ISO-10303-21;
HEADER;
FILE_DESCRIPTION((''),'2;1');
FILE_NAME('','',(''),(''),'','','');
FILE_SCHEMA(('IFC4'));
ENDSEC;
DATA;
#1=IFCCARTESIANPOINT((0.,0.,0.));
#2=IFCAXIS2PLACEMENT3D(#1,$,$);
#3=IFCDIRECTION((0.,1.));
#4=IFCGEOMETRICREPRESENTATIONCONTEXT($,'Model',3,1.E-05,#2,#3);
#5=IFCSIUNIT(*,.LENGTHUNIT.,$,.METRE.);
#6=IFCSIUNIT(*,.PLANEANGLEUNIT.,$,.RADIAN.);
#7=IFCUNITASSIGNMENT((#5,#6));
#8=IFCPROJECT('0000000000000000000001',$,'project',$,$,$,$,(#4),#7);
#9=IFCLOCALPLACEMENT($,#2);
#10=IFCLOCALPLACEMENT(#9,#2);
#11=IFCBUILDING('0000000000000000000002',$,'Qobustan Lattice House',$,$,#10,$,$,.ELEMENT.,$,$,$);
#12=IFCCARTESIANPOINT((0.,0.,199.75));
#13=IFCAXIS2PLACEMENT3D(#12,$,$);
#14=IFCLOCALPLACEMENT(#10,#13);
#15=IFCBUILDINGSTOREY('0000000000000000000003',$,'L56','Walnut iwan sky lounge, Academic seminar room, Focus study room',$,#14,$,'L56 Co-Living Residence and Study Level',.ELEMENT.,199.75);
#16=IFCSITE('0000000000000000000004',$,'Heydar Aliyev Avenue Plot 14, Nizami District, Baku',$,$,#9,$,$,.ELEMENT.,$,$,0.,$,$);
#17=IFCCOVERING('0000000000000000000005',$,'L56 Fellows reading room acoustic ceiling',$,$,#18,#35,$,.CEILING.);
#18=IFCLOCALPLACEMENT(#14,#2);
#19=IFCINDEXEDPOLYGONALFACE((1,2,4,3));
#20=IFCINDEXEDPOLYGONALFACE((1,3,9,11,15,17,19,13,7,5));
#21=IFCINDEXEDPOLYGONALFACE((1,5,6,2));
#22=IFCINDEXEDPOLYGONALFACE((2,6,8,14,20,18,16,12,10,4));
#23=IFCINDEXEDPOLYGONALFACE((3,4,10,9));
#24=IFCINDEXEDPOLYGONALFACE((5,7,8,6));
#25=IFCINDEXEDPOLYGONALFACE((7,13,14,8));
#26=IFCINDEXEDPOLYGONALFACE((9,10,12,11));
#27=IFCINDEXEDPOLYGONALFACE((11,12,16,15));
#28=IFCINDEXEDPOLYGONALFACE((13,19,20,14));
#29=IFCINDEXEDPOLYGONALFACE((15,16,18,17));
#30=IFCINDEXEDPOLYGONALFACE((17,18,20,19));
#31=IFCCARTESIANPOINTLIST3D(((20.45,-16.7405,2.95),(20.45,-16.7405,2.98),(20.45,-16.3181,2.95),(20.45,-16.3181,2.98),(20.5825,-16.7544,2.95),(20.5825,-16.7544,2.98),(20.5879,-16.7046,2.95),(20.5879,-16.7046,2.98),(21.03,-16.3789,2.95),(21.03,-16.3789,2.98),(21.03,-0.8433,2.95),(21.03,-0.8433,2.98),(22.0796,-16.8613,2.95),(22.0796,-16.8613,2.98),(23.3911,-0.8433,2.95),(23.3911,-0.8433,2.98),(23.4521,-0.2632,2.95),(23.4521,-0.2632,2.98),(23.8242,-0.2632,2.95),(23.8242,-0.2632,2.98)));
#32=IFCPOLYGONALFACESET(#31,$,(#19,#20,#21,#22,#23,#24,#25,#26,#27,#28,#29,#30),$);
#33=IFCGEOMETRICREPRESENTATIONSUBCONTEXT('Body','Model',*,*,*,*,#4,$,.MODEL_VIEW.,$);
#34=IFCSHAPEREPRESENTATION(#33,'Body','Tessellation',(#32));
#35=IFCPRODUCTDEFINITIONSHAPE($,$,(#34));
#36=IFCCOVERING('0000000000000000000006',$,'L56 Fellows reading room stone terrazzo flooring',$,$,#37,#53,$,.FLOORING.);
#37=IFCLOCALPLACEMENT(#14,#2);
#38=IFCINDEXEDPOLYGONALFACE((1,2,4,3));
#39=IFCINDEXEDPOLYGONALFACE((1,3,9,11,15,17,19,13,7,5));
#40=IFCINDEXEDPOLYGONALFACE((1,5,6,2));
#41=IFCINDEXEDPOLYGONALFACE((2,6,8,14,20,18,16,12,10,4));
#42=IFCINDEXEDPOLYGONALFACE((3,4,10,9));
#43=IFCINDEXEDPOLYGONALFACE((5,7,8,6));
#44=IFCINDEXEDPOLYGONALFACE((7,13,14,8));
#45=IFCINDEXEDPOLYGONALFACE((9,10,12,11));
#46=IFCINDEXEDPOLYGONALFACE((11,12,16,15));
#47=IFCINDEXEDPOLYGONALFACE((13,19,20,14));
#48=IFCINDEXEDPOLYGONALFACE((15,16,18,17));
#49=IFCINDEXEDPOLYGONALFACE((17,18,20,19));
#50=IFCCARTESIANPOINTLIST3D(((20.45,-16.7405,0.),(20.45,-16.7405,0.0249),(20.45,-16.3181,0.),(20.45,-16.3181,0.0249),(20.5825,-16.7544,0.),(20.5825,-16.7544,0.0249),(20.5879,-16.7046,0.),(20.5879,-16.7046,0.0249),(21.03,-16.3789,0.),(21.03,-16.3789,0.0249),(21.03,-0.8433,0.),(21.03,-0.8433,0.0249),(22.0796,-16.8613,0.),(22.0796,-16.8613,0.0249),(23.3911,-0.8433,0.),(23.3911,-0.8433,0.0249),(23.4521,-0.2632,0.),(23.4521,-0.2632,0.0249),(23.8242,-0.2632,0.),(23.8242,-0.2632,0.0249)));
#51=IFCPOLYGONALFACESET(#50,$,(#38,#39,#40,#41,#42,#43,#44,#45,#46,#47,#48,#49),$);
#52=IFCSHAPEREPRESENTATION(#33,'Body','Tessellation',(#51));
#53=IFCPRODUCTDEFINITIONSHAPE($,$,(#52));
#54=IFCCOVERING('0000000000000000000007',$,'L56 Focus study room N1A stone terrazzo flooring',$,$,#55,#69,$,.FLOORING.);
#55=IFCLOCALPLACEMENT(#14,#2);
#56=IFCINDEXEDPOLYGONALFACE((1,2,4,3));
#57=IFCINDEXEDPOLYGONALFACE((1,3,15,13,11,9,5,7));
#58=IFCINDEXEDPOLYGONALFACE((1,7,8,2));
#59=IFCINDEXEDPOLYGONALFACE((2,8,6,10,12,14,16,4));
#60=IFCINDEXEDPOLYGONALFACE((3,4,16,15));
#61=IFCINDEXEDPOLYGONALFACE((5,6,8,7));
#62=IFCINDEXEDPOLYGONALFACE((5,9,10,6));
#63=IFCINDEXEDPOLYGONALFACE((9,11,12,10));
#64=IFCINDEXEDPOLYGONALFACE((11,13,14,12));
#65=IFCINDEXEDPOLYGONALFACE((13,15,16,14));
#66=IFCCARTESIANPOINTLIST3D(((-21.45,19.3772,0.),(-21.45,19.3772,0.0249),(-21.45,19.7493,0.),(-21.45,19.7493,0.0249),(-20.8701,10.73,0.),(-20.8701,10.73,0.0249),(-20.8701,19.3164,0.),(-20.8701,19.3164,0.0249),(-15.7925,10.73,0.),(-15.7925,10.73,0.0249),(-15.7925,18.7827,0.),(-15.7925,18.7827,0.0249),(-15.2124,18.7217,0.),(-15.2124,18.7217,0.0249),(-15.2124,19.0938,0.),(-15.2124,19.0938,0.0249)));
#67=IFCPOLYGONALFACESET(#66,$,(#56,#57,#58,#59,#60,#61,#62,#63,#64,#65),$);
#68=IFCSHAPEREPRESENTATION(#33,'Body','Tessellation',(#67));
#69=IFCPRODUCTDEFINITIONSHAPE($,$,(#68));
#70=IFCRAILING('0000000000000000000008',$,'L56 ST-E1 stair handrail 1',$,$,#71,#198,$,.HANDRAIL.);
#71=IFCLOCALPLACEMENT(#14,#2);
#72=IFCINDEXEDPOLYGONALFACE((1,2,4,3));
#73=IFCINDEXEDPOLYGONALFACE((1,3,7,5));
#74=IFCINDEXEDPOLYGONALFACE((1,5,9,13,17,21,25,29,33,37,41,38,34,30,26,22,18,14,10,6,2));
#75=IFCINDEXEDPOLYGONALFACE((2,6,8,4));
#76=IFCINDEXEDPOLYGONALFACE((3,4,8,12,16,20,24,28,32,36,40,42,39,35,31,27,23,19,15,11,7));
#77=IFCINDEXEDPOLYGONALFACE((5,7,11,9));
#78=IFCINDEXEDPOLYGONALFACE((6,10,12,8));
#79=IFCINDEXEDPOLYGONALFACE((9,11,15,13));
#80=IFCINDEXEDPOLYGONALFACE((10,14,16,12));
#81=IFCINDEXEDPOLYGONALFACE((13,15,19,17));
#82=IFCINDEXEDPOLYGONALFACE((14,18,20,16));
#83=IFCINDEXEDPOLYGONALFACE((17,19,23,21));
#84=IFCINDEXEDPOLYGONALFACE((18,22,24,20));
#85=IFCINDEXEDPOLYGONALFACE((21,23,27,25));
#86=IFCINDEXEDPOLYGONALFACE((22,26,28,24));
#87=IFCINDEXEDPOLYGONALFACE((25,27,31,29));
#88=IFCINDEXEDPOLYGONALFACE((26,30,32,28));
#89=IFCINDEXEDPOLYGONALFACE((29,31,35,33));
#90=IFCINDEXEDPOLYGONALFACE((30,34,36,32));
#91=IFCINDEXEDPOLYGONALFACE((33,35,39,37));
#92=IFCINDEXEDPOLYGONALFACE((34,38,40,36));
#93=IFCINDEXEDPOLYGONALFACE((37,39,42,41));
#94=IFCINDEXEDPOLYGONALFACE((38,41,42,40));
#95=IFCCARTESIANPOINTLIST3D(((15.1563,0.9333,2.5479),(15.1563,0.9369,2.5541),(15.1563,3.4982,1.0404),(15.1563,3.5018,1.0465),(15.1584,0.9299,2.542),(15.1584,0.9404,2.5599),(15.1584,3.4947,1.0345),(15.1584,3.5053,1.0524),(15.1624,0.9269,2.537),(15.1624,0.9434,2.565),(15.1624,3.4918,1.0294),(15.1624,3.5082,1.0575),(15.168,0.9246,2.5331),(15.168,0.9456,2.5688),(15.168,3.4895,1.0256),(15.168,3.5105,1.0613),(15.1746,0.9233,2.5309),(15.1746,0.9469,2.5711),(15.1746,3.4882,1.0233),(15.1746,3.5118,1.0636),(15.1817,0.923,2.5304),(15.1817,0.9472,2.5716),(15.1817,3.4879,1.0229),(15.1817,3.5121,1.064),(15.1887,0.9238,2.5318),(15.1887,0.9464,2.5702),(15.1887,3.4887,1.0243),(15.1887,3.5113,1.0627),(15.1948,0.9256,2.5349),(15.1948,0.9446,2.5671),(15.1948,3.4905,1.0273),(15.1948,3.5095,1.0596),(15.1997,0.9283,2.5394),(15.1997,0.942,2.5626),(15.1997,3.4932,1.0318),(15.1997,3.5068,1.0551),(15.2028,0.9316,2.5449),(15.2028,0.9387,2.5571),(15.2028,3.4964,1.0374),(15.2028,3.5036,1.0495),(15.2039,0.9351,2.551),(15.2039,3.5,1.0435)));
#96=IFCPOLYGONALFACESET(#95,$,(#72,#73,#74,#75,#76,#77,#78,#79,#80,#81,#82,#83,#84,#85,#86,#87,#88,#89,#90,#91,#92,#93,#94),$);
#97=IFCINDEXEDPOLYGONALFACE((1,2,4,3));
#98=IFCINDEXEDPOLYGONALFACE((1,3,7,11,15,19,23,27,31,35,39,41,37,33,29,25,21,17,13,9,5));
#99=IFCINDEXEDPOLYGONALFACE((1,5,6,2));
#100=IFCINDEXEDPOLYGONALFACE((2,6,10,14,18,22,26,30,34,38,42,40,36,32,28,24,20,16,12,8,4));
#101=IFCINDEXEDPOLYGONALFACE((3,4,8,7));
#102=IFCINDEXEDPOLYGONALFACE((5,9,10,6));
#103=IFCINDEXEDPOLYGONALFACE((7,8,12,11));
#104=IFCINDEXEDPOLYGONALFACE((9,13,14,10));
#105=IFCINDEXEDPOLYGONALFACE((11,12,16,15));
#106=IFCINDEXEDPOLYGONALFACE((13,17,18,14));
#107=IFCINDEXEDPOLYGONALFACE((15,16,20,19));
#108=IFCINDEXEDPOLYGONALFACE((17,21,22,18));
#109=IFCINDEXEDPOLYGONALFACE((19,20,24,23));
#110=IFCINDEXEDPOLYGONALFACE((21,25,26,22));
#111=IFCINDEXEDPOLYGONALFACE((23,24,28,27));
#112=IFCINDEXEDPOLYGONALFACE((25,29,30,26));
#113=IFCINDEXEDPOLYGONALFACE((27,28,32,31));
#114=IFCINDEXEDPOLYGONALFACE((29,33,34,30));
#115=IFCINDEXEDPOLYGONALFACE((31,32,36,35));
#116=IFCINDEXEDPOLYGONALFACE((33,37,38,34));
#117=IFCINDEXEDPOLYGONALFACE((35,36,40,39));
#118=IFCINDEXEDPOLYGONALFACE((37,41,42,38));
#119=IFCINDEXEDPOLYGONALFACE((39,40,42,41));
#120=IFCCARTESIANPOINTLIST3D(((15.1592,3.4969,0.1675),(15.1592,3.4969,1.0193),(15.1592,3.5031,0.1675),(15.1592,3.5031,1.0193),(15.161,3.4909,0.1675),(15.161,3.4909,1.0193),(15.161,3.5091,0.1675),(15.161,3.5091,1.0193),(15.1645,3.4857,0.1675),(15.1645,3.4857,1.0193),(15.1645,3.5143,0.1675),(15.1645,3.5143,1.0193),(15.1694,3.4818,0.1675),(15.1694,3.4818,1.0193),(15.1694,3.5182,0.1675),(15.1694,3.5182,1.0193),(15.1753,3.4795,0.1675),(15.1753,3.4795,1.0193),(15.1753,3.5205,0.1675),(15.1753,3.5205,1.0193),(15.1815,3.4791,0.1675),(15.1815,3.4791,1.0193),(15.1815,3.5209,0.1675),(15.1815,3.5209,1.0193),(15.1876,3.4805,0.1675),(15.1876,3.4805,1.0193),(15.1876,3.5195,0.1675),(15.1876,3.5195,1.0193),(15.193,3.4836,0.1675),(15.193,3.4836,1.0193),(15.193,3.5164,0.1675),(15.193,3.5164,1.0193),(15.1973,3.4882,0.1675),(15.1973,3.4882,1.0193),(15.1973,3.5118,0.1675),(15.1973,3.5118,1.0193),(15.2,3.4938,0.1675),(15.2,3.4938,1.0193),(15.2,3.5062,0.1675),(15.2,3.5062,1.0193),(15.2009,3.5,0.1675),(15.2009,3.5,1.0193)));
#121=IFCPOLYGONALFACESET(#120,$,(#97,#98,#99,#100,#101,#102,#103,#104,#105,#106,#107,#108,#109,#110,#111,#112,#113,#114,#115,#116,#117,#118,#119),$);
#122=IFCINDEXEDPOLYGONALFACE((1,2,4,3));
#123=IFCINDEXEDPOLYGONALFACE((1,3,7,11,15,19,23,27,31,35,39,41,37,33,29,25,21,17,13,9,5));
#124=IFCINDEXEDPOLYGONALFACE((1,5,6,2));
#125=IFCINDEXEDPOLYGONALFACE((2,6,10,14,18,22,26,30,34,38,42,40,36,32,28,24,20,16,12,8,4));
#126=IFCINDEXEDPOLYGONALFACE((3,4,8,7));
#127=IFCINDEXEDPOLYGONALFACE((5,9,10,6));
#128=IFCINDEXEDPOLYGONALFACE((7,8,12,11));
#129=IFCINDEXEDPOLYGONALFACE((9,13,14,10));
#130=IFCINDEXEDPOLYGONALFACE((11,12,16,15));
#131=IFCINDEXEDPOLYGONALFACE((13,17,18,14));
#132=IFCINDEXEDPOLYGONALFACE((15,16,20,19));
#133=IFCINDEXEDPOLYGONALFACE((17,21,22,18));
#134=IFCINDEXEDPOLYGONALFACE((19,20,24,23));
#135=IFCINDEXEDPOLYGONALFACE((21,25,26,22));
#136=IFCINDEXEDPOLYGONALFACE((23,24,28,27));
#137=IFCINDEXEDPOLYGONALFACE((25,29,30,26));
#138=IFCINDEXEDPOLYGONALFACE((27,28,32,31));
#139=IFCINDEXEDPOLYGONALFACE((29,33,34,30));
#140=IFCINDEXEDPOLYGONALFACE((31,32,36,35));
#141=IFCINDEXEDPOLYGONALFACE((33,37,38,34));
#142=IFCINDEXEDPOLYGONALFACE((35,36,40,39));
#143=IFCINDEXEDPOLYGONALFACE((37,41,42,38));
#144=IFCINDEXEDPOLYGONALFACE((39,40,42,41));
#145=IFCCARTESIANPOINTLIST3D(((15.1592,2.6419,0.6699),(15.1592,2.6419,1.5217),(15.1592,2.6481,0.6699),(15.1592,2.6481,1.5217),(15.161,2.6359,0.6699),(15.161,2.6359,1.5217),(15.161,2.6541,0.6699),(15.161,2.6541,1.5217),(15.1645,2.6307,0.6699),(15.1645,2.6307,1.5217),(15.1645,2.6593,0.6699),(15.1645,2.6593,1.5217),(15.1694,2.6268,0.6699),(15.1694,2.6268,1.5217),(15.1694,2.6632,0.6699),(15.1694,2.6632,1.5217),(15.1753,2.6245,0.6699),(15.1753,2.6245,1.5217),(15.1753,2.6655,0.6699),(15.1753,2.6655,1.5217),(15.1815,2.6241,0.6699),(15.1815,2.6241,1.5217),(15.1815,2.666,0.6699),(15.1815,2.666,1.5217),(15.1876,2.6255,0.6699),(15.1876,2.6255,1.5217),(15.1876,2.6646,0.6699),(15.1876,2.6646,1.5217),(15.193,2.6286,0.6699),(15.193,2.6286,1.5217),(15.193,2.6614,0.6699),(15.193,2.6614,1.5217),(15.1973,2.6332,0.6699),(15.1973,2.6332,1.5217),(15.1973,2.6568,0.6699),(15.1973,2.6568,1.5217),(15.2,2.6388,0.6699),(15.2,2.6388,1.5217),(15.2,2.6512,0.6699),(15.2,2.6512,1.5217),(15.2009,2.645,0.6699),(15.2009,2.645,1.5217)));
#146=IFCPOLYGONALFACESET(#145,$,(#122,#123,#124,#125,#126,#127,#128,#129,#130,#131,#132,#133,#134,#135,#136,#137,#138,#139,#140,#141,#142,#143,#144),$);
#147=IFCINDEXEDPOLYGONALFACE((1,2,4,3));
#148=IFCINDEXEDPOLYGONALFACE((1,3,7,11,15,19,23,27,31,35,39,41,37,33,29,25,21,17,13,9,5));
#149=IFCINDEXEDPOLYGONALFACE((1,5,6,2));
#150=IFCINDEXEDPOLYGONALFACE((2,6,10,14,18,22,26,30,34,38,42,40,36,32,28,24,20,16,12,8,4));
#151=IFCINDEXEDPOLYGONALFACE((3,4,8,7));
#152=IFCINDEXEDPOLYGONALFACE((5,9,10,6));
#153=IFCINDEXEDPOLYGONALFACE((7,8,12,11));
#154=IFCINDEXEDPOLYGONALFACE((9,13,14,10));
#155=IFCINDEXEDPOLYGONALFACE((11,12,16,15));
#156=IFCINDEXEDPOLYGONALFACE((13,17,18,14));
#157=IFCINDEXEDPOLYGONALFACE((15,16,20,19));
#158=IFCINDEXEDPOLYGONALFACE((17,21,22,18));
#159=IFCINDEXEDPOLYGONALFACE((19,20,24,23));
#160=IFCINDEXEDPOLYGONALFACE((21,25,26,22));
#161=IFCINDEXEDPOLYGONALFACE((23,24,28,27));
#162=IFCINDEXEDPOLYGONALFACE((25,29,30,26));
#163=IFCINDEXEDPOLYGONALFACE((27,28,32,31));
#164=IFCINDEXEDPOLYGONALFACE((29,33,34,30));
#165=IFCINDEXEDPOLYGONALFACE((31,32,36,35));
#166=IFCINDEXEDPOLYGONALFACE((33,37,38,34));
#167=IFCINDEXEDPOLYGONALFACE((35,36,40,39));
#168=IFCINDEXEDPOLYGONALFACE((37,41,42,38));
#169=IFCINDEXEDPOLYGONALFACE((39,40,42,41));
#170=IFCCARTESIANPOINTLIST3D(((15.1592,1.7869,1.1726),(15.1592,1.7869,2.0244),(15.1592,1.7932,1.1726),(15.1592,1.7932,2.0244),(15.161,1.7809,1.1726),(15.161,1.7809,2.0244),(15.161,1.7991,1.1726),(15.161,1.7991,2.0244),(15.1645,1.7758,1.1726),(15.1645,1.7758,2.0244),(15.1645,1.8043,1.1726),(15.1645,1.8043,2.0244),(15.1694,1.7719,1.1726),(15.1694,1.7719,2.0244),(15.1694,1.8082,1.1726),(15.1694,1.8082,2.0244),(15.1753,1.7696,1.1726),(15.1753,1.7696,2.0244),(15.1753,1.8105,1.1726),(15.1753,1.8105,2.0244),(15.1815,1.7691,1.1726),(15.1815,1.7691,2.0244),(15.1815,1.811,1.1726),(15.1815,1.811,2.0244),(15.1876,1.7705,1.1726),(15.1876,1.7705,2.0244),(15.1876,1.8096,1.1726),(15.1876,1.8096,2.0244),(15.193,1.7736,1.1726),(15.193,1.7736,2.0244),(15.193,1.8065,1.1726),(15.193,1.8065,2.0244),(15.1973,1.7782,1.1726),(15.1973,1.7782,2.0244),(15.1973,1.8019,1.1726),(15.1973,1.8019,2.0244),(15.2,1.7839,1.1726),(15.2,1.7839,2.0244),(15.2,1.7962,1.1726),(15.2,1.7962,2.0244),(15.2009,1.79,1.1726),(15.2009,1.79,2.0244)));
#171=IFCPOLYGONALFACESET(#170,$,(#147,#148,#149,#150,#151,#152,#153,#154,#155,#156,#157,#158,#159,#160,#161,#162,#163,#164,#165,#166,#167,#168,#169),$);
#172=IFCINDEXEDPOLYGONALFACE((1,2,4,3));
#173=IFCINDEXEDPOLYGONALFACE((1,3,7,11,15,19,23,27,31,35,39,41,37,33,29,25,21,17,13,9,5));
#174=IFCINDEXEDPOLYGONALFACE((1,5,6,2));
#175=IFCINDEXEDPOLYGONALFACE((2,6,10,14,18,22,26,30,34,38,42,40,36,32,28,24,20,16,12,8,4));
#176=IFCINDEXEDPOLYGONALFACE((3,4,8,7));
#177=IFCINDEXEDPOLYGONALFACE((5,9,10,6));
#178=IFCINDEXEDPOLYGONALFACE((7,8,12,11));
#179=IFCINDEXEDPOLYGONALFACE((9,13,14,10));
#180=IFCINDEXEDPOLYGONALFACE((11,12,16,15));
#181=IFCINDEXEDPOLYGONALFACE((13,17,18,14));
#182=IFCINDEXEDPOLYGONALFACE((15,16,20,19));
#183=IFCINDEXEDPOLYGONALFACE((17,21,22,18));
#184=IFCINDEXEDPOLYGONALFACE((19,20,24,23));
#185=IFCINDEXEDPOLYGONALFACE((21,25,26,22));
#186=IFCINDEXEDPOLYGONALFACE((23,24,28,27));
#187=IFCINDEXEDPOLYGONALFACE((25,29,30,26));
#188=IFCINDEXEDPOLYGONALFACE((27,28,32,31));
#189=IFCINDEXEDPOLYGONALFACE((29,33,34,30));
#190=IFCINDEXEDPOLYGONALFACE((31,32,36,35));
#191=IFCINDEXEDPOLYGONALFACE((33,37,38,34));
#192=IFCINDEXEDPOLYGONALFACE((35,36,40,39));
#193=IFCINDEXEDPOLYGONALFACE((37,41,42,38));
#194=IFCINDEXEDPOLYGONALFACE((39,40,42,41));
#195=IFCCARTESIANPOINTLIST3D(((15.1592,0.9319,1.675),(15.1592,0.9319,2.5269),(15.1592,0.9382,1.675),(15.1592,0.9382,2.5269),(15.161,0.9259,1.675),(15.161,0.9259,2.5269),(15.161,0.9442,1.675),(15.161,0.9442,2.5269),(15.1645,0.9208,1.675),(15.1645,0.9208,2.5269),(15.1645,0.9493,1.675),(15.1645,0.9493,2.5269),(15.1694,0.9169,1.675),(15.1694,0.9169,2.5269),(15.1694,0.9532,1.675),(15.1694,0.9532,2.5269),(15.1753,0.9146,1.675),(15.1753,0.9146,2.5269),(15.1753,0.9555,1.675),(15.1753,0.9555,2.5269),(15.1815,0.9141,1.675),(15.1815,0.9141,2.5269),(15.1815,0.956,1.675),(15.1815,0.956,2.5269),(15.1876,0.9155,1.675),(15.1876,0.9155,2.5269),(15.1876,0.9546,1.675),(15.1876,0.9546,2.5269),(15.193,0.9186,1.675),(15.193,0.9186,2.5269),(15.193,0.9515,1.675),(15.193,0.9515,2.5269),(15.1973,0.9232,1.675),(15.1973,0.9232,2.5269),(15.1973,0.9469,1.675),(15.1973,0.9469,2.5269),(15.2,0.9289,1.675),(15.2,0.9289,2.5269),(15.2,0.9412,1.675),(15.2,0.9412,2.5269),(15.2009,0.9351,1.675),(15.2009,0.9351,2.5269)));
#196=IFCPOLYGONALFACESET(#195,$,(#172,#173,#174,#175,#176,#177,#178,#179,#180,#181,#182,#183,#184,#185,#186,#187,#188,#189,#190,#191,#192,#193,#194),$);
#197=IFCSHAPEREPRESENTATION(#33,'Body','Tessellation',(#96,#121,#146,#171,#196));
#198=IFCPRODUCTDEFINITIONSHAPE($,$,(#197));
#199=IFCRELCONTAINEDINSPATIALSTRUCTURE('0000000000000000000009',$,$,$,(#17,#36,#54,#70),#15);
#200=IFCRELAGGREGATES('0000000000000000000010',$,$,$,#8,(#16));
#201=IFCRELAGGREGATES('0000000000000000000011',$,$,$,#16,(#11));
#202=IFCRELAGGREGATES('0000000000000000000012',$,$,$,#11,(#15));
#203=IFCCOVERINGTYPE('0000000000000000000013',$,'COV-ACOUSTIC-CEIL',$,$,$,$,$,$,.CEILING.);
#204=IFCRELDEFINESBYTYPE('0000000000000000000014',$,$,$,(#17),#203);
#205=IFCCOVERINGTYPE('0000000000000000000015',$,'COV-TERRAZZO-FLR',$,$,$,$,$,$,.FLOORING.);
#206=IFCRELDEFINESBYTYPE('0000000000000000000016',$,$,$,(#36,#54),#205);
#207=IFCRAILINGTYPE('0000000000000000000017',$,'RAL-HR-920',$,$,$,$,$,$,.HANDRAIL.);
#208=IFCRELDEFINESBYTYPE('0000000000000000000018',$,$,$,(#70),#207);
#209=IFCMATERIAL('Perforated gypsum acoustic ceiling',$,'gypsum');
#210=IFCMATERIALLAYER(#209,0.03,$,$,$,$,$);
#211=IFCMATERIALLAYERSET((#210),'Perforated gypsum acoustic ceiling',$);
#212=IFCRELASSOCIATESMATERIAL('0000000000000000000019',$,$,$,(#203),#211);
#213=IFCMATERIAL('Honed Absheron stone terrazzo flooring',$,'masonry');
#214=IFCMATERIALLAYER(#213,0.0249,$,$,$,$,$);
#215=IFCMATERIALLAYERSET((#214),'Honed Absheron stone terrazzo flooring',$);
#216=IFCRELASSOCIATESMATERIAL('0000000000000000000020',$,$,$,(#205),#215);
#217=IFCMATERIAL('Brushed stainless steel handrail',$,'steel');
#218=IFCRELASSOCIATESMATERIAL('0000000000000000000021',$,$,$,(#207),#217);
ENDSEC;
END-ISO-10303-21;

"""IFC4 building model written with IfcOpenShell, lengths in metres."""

from ifc_helpers import new_model, si_unit, direction, frame, origin, origin_2d, place, context, subcontext, project, spatial, polyline, circle, outline, extrude, material, layer, layer_set, type_object, element, save


model = new_model("IFC4")

# Units and contexts
model_context = context("Model", 3, precision=1e-05, world=origin(), true_north=direction((0.0, 1.0)))
body_context = subcontext(model_context, "Body", "Model", "MODEL_VIEW")
ifc_project = project(units=[si_unit("LENGTHUNIT", "METRE"), si_unit("PLANEANGLEUNIT", "RADIAN")], contexts=[model_context])

# Site, building, storey
site_placement = place(None, origin())
site = spatial("IfcSite", under=ifc_project, at=site_placement, Name="Heydar Aliyev Avenue Plot 14, Nizami District, Baku", CompositionType="ELEMENT", RefElevation=0.0)
building_placement = place(site_placement, origin())
building = spatial("IfcBuilding", under=site, at=building_placement, Name="Qobustan Lattice House", CompositionType="ELEMENT")
storey_placement = place(building_placement, frame((0.0, 0.0, 199.75)))
storey = spatial("IfcBuildingStorey", under=building, at=storey_placement, Name="L56", Description="Walnut iwan sky lounge, Academic seminar room, Focus study room", LongName="L56 Co-Living Residence and Study Level", CompositionType="ELEMENT", Elevation=199.75)

# Coverings
ifc_material_1 = material(Name="Perforated gypsum acoustic ceiling", Category="gypsum")
ifc_layer_1 = layer(ifc_material_1, 0.03)
ifc_layer_set_1 = layer_set([ifc_layer_1], Name="Perforated gypsum acoustic ceiling")
covering_type_1 = type_object("IfcCoveringType", Name="COV-ACOUSTIC-CEIL", PredefinedType="CEILING", material=ifc_layer_set_1)
covering_1_placement = place(storey_placement, frame((0.0, 0.0, 2.95)))
element("IfcCovering", 1, at=covering_1_placement, inside=storey, type_object=covering_type_1, Name="L56 Fellows reading room acoustic ceiling", PredefinedType="CEILING", context=body_context, shape_type="SweptSolid", body=[
    extrude(outline(polyline([(21.03, -16.3789), (20.45, -16.3181), (20.45, -16.7405), (20.5825, -16.7544), (20.5879, -16.7046), (22.0796, -16.8613), (23.8242, -0.2632), (23.4521, -0.2632), (23.3911, -0.8433), (21.03, -0.8433), (21.03, -16.3789)])), origin(), (0.0, 0.0, 1.0), 0.03),
])
ifc_material_2 = material(Name="Honed Absheron stone terrazzo flooring", Category="masonry")
ifc_layer_2 = layer(ifc_material_2, 0.0249)
ifc_layer_set_2 = layer_set([ifc_layer_2], Name="Honed Absheron stone terrazzo flooring")
covering_type_2 = type_object("IfcCoveringType", Name="COV-TERRAZZO-FLR", PredefinedType="FLOORING", material=ifc_layer_set_2)
covering_2_placement = place(storey_placement, origin())
element("IfcCovering", 2, at=covering_2_placement, inside=storey, type_object=covering_type_2, Name="L56 Fellows reading room stone terrazzo flooring", PredefinedType="FLOORING", context=body_context, shape_type="SweptSolid", body=[
    extrude(outline(polyline([(21.03, -16.3789), (20.45, -16.3181), (20.45, -16.7405), (20.5825, -16.7544), (20.5879, -16.7046), (22.0796, -16.8613), (23.8242, -0.2632), (23.4521, -0.2632), (23.3911, -0.8433), (21.03, -0.8433), (21.03, -16.3789)])), origin(), (0.0, 0.0, 1.0), 0.0249),
])
covering_3_placement = place(storey_placement, origin())
element("IfcCovering", 3, at=covering_3_placement, inside=storey, type_object=covering_type_2, Name="L56 Focus study room N1A stone terrazzo flooring", PredefinedType="FLOORING", context=body_context, shape_type="SweptSolid", body=[
    extrude(outline(polyline([(-21.45, 19.3772), (-20.8701, 19.3164), (-20.8701, 10.73), (-15.7925, 10.73), (-15.7925, 18.7827), (-15.2124, 18.7217), (-15.2124, 19.0938), (-21.45, 19.7493), (-21.45, 19.3772)])), origin(), (0.0, 0.0, 1.0), 0.0249),
])

# Railing
ifc_material_3 = material(Name="Brushed stainless steel handrail", Category="steel")
railing_type = type_object("IfcRailingType", Name="RAL-HR-920", PredefinedType="HANDRAIL", material=ifc_material_3)
railing_placement = place(storey_placement, frame((15.1799, 3.5, 0.1675)))
element("IfcRailing", 4, at=railing_placement, inside=storey, type_object=railing_type, Name="L56 ST-E1 stair handrail 1", PredefinedType="HANDRAIL", context=body_context, shape_type="SweptSolid", body=[
    extrude(circle(Radius=0.0239, at=origin_2d()), frame((0.0, 0.0, 0.876), z_axis=(0.0, -0.862113, 0.506715), x_axis=(1.0, 0.0, 0.0)), (0.0, 0.0, 1.0), 2.9751),
    extrude(circle(Radius=0.021, at=origin_2d()), origin(), (0.0, 0.0, 1.0), 0.8518),
    extrude(circle(Radius=0.021, at=origin_2d()), frame((0.0, -0.855, 0.5024)), (0.0, 0.0, 1.0), 0.8518),
    extrude(circle(Radius=0.021, at=origin_2d()), frame((0.0, -1.71, 1.0051)), (0.0, 0.0, 1.0), 0.8518),
    extrude(circle(Radius=0.021, at=origin_2d()), frame((0.0, -2.5649, 1.5076)), (0.0, 0.0, 1.0), 0.8518),
])

save(model, "model.ifc")
